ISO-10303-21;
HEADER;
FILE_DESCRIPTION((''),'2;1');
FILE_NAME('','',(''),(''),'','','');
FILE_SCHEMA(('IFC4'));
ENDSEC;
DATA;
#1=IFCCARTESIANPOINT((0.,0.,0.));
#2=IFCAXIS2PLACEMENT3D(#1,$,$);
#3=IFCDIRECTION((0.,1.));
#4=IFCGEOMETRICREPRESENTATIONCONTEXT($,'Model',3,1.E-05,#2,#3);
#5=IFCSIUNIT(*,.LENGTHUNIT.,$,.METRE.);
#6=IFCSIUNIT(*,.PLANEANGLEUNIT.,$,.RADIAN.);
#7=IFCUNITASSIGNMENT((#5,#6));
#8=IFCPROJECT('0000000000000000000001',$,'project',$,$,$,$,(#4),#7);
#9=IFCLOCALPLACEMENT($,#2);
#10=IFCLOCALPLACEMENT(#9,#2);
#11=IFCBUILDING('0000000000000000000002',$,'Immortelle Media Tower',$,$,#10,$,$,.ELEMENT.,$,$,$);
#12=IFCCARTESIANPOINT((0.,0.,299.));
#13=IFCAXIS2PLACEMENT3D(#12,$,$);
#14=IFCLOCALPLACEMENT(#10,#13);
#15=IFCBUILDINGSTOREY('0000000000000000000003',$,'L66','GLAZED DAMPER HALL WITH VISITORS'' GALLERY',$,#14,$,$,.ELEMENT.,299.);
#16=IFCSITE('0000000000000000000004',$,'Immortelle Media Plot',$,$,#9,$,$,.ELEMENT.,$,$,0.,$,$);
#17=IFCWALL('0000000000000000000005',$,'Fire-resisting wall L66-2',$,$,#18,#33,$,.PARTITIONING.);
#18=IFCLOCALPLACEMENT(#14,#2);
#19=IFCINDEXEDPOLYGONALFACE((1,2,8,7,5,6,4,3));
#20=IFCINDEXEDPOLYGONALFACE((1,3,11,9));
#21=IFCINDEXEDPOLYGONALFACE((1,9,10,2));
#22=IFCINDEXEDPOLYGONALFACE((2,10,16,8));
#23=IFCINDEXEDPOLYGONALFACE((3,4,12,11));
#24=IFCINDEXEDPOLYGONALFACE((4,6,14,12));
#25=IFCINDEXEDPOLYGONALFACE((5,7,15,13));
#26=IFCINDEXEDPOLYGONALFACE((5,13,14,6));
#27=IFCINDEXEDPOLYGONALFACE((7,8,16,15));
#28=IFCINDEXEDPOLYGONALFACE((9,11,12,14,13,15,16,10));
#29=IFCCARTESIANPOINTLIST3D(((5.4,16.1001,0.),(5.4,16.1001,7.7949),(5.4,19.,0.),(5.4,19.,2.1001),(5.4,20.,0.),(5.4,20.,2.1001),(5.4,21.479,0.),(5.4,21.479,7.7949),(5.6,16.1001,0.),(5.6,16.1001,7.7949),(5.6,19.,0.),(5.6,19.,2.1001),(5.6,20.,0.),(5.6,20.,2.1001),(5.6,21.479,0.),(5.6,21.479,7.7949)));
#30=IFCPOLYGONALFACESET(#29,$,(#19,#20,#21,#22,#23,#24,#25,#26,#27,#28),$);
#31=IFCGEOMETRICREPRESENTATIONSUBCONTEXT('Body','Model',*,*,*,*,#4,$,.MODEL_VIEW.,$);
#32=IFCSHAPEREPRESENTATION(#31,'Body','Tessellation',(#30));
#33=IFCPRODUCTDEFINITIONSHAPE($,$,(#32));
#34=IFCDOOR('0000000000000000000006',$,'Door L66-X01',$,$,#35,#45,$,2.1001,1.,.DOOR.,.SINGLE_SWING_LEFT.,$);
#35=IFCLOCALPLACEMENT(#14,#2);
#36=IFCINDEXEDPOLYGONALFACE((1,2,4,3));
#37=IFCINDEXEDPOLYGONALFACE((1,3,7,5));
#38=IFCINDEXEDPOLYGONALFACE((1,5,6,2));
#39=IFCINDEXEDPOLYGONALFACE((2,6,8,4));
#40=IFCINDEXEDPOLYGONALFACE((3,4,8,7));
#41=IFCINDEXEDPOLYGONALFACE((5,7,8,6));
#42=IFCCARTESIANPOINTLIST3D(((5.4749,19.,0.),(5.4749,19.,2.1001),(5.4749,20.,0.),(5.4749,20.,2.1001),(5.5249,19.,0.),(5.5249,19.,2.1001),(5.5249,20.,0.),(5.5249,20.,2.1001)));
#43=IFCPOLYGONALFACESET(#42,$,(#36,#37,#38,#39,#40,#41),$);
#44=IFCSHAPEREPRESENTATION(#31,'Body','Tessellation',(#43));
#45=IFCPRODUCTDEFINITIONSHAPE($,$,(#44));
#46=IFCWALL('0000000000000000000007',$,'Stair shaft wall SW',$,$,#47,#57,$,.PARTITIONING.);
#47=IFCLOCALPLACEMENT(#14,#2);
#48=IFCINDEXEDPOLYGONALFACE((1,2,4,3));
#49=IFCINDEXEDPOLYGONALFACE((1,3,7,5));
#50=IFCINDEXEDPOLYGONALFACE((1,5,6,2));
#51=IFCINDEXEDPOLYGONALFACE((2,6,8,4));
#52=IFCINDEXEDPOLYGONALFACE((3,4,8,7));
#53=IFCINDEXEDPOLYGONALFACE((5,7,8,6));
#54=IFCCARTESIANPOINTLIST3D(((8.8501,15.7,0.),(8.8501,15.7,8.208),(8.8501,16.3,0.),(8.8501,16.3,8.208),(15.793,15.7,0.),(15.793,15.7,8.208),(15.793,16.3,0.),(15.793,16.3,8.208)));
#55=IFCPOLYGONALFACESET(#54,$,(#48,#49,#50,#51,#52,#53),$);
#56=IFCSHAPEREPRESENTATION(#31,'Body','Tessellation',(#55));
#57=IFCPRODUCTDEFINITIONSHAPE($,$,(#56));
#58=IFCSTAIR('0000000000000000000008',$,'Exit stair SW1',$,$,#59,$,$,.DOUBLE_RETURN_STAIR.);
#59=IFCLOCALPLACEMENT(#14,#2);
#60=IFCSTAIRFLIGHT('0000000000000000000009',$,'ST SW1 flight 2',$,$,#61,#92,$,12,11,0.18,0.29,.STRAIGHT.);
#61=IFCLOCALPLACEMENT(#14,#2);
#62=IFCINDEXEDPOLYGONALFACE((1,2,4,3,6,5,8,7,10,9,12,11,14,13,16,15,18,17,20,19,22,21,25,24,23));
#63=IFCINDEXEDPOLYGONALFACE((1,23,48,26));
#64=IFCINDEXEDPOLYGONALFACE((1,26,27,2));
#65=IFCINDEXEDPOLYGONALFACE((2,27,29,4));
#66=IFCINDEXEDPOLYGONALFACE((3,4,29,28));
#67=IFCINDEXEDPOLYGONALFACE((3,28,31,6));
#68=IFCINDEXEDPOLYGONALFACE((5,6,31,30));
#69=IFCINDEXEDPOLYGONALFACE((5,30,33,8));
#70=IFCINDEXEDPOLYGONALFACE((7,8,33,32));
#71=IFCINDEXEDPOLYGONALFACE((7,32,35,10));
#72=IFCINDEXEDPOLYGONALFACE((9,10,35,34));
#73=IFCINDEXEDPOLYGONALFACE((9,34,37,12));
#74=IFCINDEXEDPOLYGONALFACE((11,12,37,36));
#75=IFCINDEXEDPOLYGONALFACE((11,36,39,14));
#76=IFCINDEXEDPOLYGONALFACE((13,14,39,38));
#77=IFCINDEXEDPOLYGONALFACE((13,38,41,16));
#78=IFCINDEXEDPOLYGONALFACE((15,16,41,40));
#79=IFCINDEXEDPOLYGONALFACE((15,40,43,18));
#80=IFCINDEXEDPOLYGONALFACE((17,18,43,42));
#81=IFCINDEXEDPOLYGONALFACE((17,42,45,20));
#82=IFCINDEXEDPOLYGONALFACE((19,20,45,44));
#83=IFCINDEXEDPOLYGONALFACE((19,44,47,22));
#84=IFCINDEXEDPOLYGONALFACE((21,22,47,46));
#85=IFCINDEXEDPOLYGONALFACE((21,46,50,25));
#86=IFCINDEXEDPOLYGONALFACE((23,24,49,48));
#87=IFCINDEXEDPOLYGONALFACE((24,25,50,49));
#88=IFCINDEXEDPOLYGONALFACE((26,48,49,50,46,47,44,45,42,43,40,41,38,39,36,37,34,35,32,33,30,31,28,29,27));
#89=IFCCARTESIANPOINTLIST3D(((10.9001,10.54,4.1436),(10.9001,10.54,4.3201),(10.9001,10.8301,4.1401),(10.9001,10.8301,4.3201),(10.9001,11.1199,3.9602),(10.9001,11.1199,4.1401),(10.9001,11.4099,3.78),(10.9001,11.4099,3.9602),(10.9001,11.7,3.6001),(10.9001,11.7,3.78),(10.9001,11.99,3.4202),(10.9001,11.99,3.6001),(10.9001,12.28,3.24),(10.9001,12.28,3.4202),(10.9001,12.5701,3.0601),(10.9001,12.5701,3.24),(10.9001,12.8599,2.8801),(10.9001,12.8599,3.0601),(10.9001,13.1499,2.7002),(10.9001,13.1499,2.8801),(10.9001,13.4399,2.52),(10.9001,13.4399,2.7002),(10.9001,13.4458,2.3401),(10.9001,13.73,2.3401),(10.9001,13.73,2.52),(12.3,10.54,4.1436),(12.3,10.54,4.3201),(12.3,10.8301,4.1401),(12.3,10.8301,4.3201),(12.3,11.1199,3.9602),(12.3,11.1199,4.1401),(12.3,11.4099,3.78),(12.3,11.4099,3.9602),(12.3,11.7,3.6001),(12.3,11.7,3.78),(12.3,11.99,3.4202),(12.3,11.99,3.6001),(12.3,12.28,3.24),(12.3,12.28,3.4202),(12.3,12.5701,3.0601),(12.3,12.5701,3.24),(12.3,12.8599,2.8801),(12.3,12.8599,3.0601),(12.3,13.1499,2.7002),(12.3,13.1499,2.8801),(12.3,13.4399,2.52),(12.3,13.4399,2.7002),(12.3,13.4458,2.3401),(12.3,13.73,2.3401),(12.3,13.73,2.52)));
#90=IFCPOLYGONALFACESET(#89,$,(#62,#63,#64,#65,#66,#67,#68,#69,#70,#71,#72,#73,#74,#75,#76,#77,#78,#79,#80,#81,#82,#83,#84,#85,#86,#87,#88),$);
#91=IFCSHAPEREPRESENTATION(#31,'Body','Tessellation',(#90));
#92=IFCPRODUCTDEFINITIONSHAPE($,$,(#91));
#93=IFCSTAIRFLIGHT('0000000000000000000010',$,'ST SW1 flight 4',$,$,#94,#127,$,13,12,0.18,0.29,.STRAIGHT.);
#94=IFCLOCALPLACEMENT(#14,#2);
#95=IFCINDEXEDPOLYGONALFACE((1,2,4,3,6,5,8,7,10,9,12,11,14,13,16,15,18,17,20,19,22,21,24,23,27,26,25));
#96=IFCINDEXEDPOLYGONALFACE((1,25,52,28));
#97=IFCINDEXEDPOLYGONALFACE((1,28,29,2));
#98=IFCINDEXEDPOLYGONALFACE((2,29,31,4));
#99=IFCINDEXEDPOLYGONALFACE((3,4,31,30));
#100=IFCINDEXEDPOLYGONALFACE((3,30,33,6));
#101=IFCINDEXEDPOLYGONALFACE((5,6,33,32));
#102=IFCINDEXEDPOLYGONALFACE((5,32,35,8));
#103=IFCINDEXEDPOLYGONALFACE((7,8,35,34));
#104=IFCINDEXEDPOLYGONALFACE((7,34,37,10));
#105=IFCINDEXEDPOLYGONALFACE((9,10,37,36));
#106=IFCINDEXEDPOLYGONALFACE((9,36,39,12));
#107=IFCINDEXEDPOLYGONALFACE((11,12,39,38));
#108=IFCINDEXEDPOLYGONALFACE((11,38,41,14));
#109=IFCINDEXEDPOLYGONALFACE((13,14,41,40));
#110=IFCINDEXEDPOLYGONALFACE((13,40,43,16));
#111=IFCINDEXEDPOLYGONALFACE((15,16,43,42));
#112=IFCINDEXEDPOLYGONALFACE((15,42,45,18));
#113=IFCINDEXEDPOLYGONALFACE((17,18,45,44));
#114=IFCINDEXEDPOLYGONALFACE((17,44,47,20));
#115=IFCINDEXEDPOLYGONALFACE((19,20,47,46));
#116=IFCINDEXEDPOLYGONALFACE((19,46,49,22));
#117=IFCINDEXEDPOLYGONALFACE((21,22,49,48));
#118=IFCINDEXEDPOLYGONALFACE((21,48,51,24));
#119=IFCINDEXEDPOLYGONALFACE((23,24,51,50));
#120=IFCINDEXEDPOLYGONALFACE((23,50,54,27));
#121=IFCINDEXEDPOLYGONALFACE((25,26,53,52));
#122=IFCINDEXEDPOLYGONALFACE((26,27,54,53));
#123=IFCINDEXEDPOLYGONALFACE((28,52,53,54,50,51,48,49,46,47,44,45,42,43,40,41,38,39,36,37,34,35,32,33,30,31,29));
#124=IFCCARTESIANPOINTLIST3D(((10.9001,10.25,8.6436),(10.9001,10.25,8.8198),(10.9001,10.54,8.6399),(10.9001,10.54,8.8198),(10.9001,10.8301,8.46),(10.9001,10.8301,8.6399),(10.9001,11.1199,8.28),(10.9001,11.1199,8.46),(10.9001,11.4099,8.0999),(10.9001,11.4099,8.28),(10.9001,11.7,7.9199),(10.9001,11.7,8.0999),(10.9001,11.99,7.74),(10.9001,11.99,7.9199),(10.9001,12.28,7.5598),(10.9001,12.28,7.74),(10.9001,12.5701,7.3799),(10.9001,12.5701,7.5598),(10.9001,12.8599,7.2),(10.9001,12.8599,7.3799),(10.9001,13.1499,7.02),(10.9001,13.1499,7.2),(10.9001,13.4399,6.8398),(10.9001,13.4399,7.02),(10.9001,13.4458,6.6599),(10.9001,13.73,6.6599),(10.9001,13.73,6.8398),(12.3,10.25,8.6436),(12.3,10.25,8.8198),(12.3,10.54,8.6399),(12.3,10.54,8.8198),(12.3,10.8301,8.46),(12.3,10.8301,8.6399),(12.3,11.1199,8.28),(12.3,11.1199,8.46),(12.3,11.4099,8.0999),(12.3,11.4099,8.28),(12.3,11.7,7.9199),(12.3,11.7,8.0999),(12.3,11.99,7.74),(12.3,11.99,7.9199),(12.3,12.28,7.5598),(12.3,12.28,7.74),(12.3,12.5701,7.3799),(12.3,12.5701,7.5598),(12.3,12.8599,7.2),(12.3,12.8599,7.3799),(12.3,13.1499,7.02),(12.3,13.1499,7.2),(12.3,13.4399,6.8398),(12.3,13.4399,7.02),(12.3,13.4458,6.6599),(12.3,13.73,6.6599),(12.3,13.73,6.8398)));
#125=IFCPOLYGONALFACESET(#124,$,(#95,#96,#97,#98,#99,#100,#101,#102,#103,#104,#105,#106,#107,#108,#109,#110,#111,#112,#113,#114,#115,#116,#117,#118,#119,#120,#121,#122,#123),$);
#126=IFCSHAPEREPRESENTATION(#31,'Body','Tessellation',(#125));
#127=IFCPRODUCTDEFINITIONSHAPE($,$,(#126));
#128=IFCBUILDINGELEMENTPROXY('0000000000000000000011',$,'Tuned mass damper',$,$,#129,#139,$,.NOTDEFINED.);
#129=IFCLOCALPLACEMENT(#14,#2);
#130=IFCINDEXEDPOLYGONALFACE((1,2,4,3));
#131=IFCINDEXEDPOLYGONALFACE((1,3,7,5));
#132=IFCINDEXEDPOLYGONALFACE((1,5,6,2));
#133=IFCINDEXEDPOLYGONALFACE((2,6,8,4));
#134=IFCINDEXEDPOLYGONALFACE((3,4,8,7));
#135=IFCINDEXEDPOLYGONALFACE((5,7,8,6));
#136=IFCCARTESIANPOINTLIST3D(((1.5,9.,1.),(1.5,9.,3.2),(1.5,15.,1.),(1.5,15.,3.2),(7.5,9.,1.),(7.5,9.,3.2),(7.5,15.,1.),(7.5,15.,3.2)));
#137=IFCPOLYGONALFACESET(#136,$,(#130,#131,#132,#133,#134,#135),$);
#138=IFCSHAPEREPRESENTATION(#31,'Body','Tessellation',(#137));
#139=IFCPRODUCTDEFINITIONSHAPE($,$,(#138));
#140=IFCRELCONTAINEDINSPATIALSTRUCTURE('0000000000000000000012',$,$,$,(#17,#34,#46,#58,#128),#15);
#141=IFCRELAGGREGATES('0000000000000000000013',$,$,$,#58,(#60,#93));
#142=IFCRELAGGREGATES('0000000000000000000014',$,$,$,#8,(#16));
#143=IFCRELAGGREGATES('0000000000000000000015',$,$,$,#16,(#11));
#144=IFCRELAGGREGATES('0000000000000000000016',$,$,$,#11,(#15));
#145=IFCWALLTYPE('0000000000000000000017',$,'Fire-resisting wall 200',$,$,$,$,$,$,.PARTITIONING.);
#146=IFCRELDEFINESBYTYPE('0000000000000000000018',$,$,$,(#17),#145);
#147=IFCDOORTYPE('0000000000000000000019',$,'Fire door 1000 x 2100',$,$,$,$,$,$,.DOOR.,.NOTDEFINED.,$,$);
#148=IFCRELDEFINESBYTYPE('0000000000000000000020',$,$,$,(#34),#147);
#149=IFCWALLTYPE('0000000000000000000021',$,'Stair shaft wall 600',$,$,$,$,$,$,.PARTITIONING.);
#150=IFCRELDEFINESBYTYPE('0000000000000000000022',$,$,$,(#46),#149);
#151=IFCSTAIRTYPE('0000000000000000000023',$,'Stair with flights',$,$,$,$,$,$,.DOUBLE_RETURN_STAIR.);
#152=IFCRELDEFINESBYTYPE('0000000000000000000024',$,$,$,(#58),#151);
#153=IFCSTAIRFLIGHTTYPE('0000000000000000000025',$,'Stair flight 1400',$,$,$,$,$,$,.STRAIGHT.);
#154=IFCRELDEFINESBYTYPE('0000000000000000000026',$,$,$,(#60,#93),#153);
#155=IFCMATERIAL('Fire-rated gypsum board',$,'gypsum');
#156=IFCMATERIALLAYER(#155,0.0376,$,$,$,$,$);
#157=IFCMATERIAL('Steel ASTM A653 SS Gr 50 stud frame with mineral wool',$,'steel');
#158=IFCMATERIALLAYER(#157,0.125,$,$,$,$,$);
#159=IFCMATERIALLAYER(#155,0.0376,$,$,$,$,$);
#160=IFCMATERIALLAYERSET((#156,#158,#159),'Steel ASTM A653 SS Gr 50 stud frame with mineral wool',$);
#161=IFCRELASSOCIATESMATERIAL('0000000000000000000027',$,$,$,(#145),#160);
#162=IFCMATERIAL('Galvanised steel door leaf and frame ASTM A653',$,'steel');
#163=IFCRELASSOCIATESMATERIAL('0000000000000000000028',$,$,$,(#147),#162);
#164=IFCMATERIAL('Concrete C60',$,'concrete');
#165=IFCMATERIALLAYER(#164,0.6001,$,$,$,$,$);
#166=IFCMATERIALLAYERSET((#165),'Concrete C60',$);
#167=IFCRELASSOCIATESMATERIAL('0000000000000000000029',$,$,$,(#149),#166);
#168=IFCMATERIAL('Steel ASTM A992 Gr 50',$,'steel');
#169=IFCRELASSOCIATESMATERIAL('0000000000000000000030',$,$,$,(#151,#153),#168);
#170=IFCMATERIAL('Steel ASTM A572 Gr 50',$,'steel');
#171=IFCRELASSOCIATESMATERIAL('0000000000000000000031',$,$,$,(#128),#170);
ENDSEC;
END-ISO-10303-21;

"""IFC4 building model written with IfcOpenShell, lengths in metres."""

from ifc_helpers import new_model, si_unit, direction, frame, frame_2d, origin, origin_2d, place, context, subcontext, project, spatial, polyline, rectangle, outline, extrude, material, layer, layer_set, type_object, element, fill, aggregate, save


model = new_model("IFC4")

# Units and contexts
model_context = context("Model", 3, precision=1e-05, world=origin(), true_north=direction((0.0, 1.0)))
body_context = subcontext(model_context, "Body", "Model", "MODEL_VIEW")
ifc_project = project(units=[si_unit("LENGTHUNIT", "METRE"), si_unit("PLANEANGLEUNIT", "RADIAN")], contexts=[model_context])

# Site, building, storey
site_placement = place(None, origin())
site = spatial("IfcSite", under=ifc_project, at=site_placement, Name="Immortelle Media Plot", CompositionType="ELEMENT", RefElevation=0.0)
building_placement = place(site_placement, origin())
building = spatial("IfcBuilding", under=site, at=building_placement, Name="Immortelle Media Tower", CompositionType="ELEMENT")
storey_placement = place(building_placement, frame((0.0, 0.0, 299.0)))
storey = spatial("IfcBuildingStorey", under=building, at=storey_placement, Name="L66", Description="GLAZED DAMPER HALL WITH VISITORS' GALLERY", CompositionType="ELEMENT", Elevation=299.0)

# Shared definitions
ifc_material_1 = material(Name="Steel ASTM A992 Gr 50", Category="steel")

# Shared definitions
ifc_material_2 = material(Name="Steel ASTM A572 Gr 50", Category="steel")

# Shared definitions
ifc_material_3 = material(Name="Fire-rated gypsum board", Category="gypsum")
ifc_layer_1 = layer(ifc_material_3, 0.0376)
ifc_material_4 = material(Name="Steel ASTM A653 SS Gr 50 stud frame with mineral wool", Category="steel")
ifc_layer_2 = layer(ifc_material_4, 0.125)
ifc_layer_3 = layer(ifc_material_3, 0.0376)
ifc_layer_set_1 = layer_set([ifc_layer_1, ifc_layer_2, ifc_layer_3], Name="Steel ASTM A653 SS Gr 50 stud frame with mineral wool")
wall_type_1 = type_object("IfcWallType", Name="Fire-resisting wall 200", PredefinedType="PARTITIONING", material=ifc_layer_set_1)

# Wall, opening, door
wall_1_placement = place(storey_placement, frame((5.5, 16.1001, 0.0), z_axis=(0.0, 0.0, 1.0), x_axis=(0.0, 1.0, 0.0)))
wall_1 = element("IfcWall", 1, at=wall_1_placement, inside=storey, type_object=wall_type_1, Name="Fire-resisting wall L66-2", PredefinedType="PARTITIONING", context=body_context, shape_type="SweptSolid", body=[
    extrude(rectangle(XDim=5.3789, YDim=0.2, at=frame_2d((2.6895, 0.0))), origin(), (0.0, 0.0, 1.0), 7.7949),
])
opening_placement = place(wall_1_placement, frame((3.8999, 0.0, 0.0), z_axis=(0.0, 0.0, 1.0), x_axis=(-1.0, 0.0, 0.0)))
opening = element("IfcOpeningElement", 2, at=opening_placement, cuts=wall_1, PredefinedType="OPENING", context=body_context, shape_type="SweptSolid", body=[
    extrude(rectangle(XDim=1.0, YDim=2.1001, at=frame_2d((0.5, 1.05))), frame((0.0, 0.1099, 0.0), z_axis=(0.0, -1.0, 0.0), x_axis=(1.0, 0.0, 0.0)), (0.0, 0.0, 1.0), 0.22),
])
ifc_material_5 = material(Name="Galvanised steel door leaf and frame ASTM A653", Category="steel")
door_type = type_object("IfcDoorType", Name="Fire door 1000 x 2100", OperationType="NOTDEFINED", PredefinedType="DOOR", material=ifc_material_5)
door_placement = place(opening_placement, origin())
door = element("IfcDoor", 3, at=door_placement, inside=storey, type_object=door_type, Name="Door L66-X01", OperationType="SINGLE_SWING_LEFT", OverallHeight=2.1001, OverallWidth=1.0, PredefinedType="DOOR", context=body_context, shape_type="SweptSolid", body=[
    extrude(rectangle(XDim=1.0, YDim=2.1001, at=frame_2d((0.5, 1.05))), frame((0.0, 0.0249, 0.0), z_axis=(0.0, -1.0, 0.0), x_axis=(1.0, 0.0, 0.0)), (0.0, 0.0, 1.0), 0.05),
])
fill(opening, door)

# Wall
ifc_material_6 = material(Name="Concrete C60", Category="concrete")
ifc_layer_4 = layer(ifc_material_6, 0.6001)
ifc_layer_set_2 = layer_set([ifc_layer_4], Name="Concrete C60")
wall_type_2 = type_object("IfcWallType", Name="Stair shaft wall 600", PredefinedType="PARTITIONING", material=ifc_layer_set_2)
wall_2_placement = place(storey_placement, frame((8.8501, 16.0, 0.0), z_axis=(0.0, 0.0, 1.0), x_axis=(1.0, 0.0, 0.0)))
element("IfcWall", 4, at=wall_2_placement, inside=storey, type_object=wall_type_2, Name="Stair shaft wall SW", PredefinedType="PARTITIONING", context=body_context, shape_type="SweptSolid", body=[
    extrude(rectangle(XDim=6.9429, YDim=0.6001, at=frame_2d((3.4714, 0.0))), origin(), (0.0, 0.0, 1.0), 8.208),
])

# Stair, stair flights
stair_type = type_object("IfcStairType", Name="Stair with flights", PredefinedType="DOUBLE_RETURN_STAIR", material=ifc_material_1)
stair_placement = place(storey_placement, origin())
stair = element("IfcStair", 5, at=stair_placement, inside=storey, type_object=stair_type, Name="Exit stair SW1", PredefinedType="DOUBLE_RETURN_STAIR")
stair_flight_type = type_object("IfcStairFlightType", Name="Stair flight 1400", PredefinedType="STRAIGHT", material=ifc_material_1)
stair_flight_1_placement = place(storey_placement, frame((11.6001, 13.73, 2.3401), z_axis=(0.0, 0.0, 1.0), x_axis=(0.0, -1.0, 0.0)))
stair_flight_1 = element("IfcStairFlight", 6, at=stair_flight_1_placement, type_object=stair_flight_type, Name="ST SW1 flight 2", NumberOfRisers=12, NumberOfTreads=11, PredefinedType="STRAIGHT", RiserHeight=0.18, TreadLength=0.29, context=body_context, shape_type="SweptSolid", body=[
    extrude(outline(polyline([(0.0, 0.0), (0.0, 0.1799), (0.29, 0.1799), (0.29, 0.3601), (0.5801, 0.3601), (0.5801, 0.54), (0.8701, 0.54), (0.8701, 0.72), (1.1599, 0.72), (1.1599, 0.8999), (1.45, 0.8999), (1.45, 1.0801), (1.74, 1.0801), (1.74, 1.26), (2.03, 1.26), (2.03, 1.4399), (2.3201, 1.4399), (2.3201, 1.6201), (2.6101, 1.6201), (2.6101, 1.8), (2.8999, 1.8), (2.8999, 1.98), (3.1899, 1.98), (3.1899, 2.1599), (3.1899, 1.8035), (0.2842, 0.0), (0.0, 0.0)])), frame((0.0, 0.7, 0.0), z_axis=(0.0, -1.0, 0.0), x_axis=(1.0, 0.0, 0.0)), (0.0, 0.0, 1.0), 1.3999),
])
stair_flight_2_placement = place(storey_placement, frame((11.6001, 13.73, 6.6599), z_axis=(0.0, 0.0, 1.0), x_axis=(0.0, -1.0, 0.0)))
stair_flight_2 = element("IfcStairFlight", 7, at=stair_flight_2_placement, type_object=stair_flight_type, Name="ST SW1 flight 4", NumberOfRisers=13, NumberOfTreads=12, PredefinedType="STRAIGHT", RiserHeight=0.18, TreadLength=0.29, context=body_context, shape_type="SweptSolid", body=[
    extrude(outline(polyline([(0.0, 0.0), (0.0, 0.1799), (0.29, 0.1799), (0.29, 0.3601), (0.5801, 0.3601), (0.5801, 0.54), (0.8701, 0.54), (0.8701, 0.72), (1.1599, 0.72), (1.1599, 0.8999), (1.45, 0.8999), (1.45, 1.0801), (1.74, 1.0801), (1.74, 1.26), (2.03, 1.26), (2.03, 1.4399), (2.3201, 1.4399), (2.3201, 1.6201), (2.6101, 1.6201), (2.6101, 1.8), (2.8999, 1.8), (2.8999, 1.98), (3.1899, 1.98), (3.1899, 2.1599), (3.48, 2.1599), (3.48, 2.3401), (3.48, 1.9836), (0.2842, 0.0), (0.0, 0.0)])), frame((0.0, 0.7, 0.0), z_axis=(0.0, -1.0, 0.0), x_axis=(1.0, 0.0, 0.0)), (0.0, 0.0, 1.0), 1.3999),
])
aggregate(stair, [stair_flight_1, stair_flight_2])

# Building element proxy
proxy_placement = place(storey_placement, frame((4.5, 12.0, 1.0), z_axis=(0.0, 0.0, 1.0), x_axis=(1.0, 0.0, 0.0)))
element("IfcBuildingElementProxy", 8, at=proxy_placement, inside=storey, material=ifc_material_2, Name="Tuned mass damper", PredefinedType="NOTDEFINED", context=body_context, shape_type="SweptSolid", body=[
    extrude(rectangle(XDim=6.0, YDim=6.0, at=origin_2d()), origin(), (0.0, 0.0, 1.0), 2.2),
])

save(model, "model.ifc")
